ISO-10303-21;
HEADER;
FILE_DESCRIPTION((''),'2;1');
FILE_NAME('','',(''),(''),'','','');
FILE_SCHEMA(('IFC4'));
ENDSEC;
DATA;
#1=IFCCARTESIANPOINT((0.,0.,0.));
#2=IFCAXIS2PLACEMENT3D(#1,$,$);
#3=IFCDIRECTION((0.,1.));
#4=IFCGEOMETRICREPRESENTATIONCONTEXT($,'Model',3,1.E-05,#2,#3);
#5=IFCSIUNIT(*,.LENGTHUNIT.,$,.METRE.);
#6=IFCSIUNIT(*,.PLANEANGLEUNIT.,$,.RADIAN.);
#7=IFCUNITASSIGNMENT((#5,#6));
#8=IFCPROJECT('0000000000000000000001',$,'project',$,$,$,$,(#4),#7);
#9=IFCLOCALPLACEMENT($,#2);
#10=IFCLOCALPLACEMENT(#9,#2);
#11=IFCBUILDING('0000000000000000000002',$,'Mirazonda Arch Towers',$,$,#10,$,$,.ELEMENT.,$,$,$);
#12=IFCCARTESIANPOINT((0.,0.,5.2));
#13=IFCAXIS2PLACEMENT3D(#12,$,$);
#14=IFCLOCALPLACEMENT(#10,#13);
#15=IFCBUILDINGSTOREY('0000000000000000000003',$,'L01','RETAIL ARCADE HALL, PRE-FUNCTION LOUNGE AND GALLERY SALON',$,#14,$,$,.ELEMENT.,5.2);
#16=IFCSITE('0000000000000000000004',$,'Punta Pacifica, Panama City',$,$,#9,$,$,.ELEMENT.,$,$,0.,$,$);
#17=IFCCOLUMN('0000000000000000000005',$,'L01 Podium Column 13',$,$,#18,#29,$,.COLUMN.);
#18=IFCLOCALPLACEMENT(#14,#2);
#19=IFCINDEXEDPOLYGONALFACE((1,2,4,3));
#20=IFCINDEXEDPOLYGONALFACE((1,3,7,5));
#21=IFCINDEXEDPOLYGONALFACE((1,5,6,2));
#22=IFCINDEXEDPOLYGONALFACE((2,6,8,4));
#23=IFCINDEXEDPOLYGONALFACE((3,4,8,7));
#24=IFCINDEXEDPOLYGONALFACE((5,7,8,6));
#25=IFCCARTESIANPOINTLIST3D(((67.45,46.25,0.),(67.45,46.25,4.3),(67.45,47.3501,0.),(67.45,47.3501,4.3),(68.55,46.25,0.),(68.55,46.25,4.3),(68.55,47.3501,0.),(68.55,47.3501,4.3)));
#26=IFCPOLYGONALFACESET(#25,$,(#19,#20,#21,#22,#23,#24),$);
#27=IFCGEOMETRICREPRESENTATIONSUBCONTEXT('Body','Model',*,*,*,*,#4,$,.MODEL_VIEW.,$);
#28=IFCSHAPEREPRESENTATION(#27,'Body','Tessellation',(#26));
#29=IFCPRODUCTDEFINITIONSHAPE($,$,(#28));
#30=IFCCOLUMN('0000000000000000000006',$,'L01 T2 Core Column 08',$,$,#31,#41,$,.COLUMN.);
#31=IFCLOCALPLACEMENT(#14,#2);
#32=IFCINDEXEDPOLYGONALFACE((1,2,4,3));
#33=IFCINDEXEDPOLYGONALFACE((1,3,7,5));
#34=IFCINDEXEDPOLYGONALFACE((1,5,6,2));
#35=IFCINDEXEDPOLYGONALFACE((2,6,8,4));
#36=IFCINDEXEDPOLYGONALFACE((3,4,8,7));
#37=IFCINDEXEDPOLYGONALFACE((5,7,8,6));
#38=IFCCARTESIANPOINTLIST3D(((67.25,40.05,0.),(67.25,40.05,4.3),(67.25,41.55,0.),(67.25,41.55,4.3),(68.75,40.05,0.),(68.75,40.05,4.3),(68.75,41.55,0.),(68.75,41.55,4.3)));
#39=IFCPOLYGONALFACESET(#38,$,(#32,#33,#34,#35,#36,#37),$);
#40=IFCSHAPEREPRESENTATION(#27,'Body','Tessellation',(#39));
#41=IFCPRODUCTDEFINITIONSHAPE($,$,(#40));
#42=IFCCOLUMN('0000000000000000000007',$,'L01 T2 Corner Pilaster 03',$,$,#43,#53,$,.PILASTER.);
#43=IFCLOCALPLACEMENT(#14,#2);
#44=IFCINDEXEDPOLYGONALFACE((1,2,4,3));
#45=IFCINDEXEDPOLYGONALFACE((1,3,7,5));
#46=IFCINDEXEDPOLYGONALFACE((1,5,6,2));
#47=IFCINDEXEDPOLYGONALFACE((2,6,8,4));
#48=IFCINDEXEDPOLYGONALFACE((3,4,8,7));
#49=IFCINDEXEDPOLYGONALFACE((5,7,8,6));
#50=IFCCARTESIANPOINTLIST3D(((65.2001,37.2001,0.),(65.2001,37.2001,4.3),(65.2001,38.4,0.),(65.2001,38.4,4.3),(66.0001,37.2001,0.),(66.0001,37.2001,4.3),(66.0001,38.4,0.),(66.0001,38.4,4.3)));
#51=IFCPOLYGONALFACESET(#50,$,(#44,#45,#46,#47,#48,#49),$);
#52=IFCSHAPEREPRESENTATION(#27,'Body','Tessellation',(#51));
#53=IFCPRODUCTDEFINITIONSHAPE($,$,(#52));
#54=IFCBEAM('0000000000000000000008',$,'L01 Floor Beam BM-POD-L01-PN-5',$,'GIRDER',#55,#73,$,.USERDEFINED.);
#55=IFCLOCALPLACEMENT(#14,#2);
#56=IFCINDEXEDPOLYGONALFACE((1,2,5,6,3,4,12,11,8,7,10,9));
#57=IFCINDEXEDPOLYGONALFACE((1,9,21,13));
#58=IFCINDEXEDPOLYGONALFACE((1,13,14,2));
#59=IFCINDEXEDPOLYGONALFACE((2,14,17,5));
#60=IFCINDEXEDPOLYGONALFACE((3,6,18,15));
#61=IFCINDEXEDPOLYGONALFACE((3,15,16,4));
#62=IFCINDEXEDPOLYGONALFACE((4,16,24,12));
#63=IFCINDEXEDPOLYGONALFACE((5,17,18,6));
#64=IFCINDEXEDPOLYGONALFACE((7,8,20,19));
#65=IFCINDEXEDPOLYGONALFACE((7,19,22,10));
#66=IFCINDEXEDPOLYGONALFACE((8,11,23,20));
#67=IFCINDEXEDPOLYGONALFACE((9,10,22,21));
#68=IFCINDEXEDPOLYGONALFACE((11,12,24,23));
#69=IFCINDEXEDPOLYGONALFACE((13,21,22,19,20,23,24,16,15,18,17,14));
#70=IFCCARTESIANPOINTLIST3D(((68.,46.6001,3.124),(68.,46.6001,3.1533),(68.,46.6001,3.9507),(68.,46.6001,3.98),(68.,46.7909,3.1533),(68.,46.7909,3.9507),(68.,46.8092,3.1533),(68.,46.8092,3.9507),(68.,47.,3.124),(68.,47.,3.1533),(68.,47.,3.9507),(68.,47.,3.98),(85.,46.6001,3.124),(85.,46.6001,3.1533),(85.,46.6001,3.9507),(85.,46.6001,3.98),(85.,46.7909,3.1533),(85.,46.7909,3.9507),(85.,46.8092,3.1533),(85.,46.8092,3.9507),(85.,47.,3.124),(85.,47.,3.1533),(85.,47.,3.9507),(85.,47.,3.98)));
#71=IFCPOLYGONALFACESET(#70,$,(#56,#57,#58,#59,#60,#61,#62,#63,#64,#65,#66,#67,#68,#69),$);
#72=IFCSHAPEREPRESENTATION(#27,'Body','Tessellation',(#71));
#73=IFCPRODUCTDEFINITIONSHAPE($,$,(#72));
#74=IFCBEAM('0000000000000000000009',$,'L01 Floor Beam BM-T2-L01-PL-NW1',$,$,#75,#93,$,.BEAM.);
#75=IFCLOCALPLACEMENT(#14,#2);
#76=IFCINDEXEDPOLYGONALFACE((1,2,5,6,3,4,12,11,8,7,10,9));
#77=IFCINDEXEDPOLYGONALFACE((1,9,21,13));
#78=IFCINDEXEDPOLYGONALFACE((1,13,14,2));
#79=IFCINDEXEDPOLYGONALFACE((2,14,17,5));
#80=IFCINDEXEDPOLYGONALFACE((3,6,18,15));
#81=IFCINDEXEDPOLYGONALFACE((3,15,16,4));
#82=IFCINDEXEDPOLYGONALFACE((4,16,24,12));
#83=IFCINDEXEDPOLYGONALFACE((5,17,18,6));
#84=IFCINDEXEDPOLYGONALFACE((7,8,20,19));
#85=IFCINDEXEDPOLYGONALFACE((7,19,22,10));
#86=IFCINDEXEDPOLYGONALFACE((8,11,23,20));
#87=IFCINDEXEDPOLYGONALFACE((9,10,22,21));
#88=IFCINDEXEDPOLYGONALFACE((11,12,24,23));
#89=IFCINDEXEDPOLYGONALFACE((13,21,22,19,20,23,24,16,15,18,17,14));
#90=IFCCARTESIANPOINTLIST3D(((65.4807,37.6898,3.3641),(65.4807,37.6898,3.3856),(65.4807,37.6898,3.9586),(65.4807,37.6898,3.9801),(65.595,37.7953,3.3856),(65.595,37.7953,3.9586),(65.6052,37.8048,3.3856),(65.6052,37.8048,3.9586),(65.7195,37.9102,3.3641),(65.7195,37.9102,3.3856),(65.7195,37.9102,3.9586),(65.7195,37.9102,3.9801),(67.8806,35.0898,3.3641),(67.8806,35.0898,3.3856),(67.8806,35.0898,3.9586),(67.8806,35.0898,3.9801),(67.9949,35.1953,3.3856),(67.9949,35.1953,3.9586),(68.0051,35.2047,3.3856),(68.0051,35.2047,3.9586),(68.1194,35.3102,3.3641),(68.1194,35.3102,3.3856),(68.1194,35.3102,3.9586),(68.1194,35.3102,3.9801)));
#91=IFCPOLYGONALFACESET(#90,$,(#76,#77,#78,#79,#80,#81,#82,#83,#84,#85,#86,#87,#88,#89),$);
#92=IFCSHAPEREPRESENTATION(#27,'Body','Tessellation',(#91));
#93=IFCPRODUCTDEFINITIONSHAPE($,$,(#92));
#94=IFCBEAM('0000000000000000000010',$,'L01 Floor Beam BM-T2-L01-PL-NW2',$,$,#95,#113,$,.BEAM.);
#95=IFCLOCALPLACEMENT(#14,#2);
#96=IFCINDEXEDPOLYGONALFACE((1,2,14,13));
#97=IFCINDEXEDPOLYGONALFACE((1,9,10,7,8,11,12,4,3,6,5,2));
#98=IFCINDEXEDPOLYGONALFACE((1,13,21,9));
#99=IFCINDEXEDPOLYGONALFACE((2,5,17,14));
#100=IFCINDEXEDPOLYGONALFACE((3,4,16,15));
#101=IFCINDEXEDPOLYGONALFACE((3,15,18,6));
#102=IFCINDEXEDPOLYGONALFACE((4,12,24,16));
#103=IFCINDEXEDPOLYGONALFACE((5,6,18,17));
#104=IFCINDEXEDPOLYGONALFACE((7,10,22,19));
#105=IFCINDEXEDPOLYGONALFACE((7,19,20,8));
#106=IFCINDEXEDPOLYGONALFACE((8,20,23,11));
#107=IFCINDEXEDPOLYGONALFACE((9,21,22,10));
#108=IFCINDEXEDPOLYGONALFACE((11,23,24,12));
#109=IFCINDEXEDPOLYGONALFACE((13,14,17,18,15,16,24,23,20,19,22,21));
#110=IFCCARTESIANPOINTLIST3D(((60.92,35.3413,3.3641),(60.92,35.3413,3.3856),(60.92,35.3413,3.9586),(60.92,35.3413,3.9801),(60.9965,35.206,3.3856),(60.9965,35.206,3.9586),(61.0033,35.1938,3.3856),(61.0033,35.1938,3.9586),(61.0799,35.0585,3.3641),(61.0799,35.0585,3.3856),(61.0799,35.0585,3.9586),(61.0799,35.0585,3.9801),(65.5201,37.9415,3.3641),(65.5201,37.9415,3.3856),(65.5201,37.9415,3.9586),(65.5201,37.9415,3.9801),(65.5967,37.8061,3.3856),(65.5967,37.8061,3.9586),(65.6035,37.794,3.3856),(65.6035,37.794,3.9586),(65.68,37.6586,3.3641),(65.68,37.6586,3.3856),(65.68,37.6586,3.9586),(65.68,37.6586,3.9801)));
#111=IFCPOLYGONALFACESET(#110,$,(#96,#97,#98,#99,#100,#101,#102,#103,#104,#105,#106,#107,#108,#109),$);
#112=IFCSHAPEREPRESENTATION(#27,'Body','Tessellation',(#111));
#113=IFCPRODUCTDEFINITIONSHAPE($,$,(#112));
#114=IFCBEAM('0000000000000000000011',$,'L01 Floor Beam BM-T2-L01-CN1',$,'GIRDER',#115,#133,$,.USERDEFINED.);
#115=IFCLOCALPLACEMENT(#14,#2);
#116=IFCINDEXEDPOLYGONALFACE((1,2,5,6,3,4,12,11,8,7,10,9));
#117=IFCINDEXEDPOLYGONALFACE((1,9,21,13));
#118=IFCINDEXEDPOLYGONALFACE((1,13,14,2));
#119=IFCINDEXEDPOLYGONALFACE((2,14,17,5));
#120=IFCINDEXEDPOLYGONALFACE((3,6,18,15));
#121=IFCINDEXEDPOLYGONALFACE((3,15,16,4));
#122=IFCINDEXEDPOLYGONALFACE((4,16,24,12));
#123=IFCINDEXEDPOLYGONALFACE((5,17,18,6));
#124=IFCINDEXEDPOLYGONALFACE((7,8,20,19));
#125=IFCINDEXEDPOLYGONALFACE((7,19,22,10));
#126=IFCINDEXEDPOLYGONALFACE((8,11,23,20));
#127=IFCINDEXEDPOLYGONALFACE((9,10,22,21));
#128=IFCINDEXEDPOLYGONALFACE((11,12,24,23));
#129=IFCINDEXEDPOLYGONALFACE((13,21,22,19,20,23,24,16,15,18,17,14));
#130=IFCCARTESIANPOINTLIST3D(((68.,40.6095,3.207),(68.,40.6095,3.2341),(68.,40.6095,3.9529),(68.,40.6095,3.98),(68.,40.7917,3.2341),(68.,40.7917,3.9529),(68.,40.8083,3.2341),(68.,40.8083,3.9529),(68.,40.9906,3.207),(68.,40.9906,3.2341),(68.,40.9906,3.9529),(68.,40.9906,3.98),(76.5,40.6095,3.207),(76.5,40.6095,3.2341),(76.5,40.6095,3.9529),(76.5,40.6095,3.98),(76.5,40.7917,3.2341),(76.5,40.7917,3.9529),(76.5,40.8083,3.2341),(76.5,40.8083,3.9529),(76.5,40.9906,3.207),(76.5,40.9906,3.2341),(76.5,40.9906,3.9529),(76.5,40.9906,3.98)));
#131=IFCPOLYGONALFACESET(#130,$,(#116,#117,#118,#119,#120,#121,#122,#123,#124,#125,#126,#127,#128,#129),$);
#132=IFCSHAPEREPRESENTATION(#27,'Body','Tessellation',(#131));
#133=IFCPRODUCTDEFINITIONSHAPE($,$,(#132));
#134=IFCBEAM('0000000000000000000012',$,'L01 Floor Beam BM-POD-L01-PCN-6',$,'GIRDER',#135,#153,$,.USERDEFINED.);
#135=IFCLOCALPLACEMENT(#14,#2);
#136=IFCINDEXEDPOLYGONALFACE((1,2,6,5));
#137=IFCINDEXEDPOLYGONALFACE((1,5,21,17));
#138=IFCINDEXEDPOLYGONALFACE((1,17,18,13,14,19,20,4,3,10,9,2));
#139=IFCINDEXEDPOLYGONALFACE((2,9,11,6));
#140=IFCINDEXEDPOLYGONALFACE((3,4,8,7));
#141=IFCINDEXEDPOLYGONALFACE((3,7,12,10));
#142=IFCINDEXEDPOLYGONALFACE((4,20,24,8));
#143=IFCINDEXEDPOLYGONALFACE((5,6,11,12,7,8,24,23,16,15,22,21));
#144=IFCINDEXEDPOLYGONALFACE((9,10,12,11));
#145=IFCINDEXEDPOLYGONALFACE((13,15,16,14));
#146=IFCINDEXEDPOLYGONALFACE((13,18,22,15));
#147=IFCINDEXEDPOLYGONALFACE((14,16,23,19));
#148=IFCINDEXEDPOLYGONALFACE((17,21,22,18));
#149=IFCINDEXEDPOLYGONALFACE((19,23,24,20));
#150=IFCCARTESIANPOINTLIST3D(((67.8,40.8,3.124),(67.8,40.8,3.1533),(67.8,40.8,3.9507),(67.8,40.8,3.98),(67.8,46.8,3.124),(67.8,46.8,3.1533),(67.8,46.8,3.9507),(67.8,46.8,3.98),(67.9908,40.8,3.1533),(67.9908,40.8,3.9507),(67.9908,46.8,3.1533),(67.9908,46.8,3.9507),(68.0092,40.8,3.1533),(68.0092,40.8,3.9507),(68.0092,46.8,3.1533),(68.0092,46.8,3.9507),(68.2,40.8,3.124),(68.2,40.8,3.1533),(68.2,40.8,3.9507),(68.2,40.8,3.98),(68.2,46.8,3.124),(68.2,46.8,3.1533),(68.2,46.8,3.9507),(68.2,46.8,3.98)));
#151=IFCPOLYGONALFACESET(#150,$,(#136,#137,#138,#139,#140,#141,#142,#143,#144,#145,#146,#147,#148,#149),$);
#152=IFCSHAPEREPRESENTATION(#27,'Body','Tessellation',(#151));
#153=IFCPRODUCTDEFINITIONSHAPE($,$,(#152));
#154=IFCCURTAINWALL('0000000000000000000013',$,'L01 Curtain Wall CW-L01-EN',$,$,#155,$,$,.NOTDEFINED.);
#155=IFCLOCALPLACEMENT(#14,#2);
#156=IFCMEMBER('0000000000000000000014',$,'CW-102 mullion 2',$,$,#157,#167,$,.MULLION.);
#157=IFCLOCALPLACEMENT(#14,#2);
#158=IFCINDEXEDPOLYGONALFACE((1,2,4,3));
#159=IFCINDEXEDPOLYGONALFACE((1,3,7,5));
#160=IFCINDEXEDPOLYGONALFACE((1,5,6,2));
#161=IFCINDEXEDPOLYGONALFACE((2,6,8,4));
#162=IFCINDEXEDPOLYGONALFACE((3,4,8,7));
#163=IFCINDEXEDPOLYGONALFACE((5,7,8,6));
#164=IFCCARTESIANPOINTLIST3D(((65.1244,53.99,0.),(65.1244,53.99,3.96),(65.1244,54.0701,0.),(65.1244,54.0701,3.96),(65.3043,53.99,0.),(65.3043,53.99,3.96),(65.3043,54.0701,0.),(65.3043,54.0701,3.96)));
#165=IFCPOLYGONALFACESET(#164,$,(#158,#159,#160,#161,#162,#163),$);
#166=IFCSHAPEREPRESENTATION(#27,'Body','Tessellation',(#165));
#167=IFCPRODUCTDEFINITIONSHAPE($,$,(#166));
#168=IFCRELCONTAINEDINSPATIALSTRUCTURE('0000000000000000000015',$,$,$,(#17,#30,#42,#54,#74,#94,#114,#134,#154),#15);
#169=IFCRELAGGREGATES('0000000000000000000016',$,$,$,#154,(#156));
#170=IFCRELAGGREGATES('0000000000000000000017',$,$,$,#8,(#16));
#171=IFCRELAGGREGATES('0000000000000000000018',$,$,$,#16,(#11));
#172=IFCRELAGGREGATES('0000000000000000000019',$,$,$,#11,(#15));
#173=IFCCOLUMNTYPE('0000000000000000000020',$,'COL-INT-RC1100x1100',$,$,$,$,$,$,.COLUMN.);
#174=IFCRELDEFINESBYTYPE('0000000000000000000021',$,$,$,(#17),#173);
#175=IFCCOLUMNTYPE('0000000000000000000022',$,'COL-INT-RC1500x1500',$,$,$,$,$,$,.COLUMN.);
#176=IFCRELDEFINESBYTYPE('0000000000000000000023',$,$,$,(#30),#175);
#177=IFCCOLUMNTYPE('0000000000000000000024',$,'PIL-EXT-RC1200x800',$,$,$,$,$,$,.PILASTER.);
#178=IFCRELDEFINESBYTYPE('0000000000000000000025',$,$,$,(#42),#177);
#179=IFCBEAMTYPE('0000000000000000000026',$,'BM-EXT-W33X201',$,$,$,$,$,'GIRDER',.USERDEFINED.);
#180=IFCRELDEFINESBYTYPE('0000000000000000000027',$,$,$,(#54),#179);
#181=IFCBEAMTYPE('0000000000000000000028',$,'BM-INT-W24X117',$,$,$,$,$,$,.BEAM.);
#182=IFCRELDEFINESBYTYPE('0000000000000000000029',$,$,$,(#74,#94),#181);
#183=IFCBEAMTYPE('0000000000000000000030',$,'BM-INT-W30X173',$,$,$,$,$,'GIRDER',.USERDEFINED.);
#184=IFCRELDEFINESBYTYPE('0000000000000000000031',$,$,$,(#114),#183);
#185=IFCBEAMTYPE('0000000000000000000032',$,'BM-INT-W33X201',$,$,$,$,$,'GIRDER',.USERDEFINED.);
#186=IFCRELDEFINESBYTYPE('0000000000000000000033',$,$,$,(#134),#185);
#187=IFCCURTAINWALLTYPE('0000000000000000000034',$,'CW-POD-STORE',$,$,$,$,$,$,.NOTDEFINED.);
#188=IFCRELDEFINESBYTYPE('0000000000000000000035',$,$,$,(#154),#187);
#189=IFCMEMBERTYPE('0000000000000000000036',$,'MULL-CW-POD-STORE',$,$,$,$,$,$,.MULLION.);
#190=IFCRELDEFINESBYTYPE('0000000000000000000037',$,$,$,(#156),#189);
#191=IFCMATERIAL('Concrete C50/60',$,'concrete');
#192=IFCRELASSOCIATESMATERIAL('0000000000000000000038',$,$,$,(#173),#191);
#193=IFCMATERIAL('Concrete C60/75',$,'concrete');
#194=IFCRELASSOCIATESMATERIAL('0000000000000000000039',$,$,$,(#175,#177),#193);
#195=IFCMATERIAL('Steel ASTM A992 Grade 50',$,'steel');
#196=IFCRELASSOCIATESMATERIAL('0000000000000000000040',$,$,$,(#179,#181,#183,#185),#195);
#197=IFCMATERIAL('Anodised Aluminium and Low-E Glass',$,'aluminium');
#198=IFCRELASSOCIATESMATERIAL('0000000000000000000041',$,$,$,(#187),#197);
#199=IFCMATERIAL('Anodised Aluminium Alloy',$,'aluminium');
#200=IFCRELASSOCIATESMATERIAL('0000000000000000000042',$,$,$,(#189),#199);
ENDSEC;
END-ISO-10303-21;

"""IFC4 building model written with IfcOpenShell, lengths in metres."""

from ifc_helpers import new_model, si_unit, direction, frame, origin, origin_2d, place, context, subcontext, project, spatial, rectangle, i_section, extrude, material, material_profile, profile_set, type_object, element, aggregate, save


model = new_model("IFC4")

# Units and contexts
model_context = context("Model", 3, precision=1e-05, world=origin(), true_north=direction((0.0, 1.0)))
body_context = subcontext(model_context, "Body", "Model", "MODEL_VIEW")
ifc_project = project(units=[si_unit("LENGTHUNIT", "METRE"), si_unit("PLANEANGLEUNIT", "RADIAN")], contexts=[model_context])

# Site, building, storey
site_placement = place(None, origin())
site = spatial("IfcSite", under=ifc_project, at=site_placement, Name="Punta Pacifica, Panama City", CompositionType="ELEMENT", RefElevation=0.0)
building_placement = place(site_placement, origin())
building = spatial("IfcBuilding", under=site, at=building_placement, Name="Mirazonda Arch Towers", CompositionType="ELEMENT")
storey_placement = place(building_placement, frame((0.0, 0.0, 5.2)))
storey = spatial("IfcBuildingStorey", under=building, at=storey_placement, Name="L01", Description="RETAIL ARCADE HALL, PRE-FUNCTION LOUNGE AND GALLERY SALON", CompositionType="ELEMENT", Elevation=5.2)

# Columns
ifc_material_1 = material(Name="Concrete C50/60", Category="concrete")
ifc_material_profile_1 = material_profile(ifc_material_1, rectangle(XDim=1.1001, YDim=1.1001, at=origin_2d()), Name="RC1100x1100")
ifc_profile_set_1 = profile_set([ifc_material_profile_1], Name="Concrete C50/60")
column_type_1 = type_object("IfcColumnType", Name="COL-INT-RC1100x1100", PredefinedType="COLUMN", material=ifc_profile_set_1)
column_1_placement = place(storey_placement, frame((68.0, 46.8, 0.0), z_axis=(0.0, 0.0, 1.0), x_axis=(1.0, 0.0, 0.0)))
element("IfcColumn", 1, at=column_1_placement, inside=storey, type_object=column_type_1, Name="L01 Podium Column 13", PredefinedType="COLUMN", context=body_context, shape_type="SweptSolid", body=[
    extrude(rectangle(XDim=1.1001, YDim=1.1001, at=origin_2d()), origin(), (0.0, 0.0, 1.0), 4.3),
])
ifc_material_2 = material(Name="Concrete C60/75", Category="concrete")
ifc_material_profile_2 = material_profile(ifc_material_2, rectangle(XDim=1.5, YDim=1.5, at=origin_2d()), Name="RC1500x1500")
ifc_profile_set_2 = profile_set([ifc_material_profile_2], Name="Concrete C60/75")
column_type_2 = type_object("IfcColumnType", Name="COL-INT-RC1500x1500", PredefinedType="COLUMN", material=ifc_profile_set_2)
column_2_placement = place(storey_placement, frame((68.0, 40.8, 0.0), z_axis=(0.0, 0.0, 1.0), x_axis=(1.0, 0.0, 0.0)))
element("IfcColumn", 2, at=column_2_placement, inside=storey, type_object=column_type_2, Name="L01 T2 Core Column 08", PredefinedType="COLUMN", context=body_context, shape_type="SweptSolid", body=[
    extrude(rectangle(XDim=1.5, YDim=1.5, at=origin_2d()), origin(), (0.0, 0.0, 1.0), 4.3),
])
ifc_material_profile_3 = material_profile(ifc_material_2, rectangle(XDim=0.8, YDim=1.2, at=origin_2d()), Name="RC1200x800")
ifc_profile_set_3 = profile_set([ifc_material_profile_3], Name="Concrete C60/75")
column_type_3 = type_object("IfcColumnType", Name="PIL-EXT-RC1200x800", PredefinedType="PILASTER", material=ifc_profile_set_3)
column_3_placement = place(storey_placement, frame((65.6001, 37.8, 0.0), z_axis=(0.0, 0.0, 1.0), x_axis=(1.0, 0.0, 0.0)))
element("IfcColumn", 3, at=column_3_placement, inside=storey, type_object=column_type_3, Name="L01 T2 Corner Pilaster 03", PredefinedType="PILASTER", context=body_context, shape_type="SweptSolid", body=[
    extrude(rectangle(XDim=0.8, YDim=1.2, at=origin_2d()), origin(), (0.0, 0.0, 1.0), 4.3),
])

# Beams
ifc_material_3 = material(Name="Steel ASTM A992 Grade 50", Category="steel")
ifc_material_profile_4 = material_profile(ifc_material_3, i_section(OverallWidth=0.3999, OverallDepth=0.856, WebThickness=0.0183, FlangeThickness=0.0293, at=origin_2d()), Name="W33X201")
ifc_profile_set_4 = profile_set([ifc_material_profile_4], Name="Steel ASTM A992 Grade 50")
beam_type_1 = type_object("IfcBeamType", Name="BM-EXT-W33X201", ElementType="GIRDER", PredefinedType="USERDEFINED", material=ifc_profile_set_4)
beam_1_placement = place(storey_placement, frame((68.0, 46.8, 3.552), z_axis=(1.0, 0.0, 0.0), x_axis=(0.0, 1.0, 0.0)))
element("IfcBeam", 4, at=beam_1_placement, inside=storey, type_object=beam_type_1, Name="L01 Floor Beam BM-POD-L01-PN-5", ObjectType="GIRDER", PredefinedType="USERDEFINED", context=body_context, shape_type="SweptSolid", body=[
    extrude(i_section(OverallWidth=0.3999, OverallDepth=0.856, WebThickness=0.0183, FlangeThickness=0.0293, at=origin_2d()), origin(), (0.0, 0.0, 1.0), 17.0),
])
ifc_material_profile_5 = material_profile(ifc_material_3, i_section(OverallWidth=0.325, OverallDepth=0.616, WebThickness=0.0139, FlangeThickness=0.0215, at=origin_2d()), Name="W24X117")
ifc_profile_set_5 = profile_set([ifc_material_profile_5], Name="Steel ASTM A992 Grade 50")
beam_type_2 = type_object("IfcBeamType", Name="BM-INT-W24X117", PredefinedType="BEAM", material=ifc_profile_set_5)
beam_2_placement = place(storey_placement, frame((65.6001, 37.8, 3.6721), z_axis=(0.678251, -0.73483, 0.0), x_axis=(0.73483, 0.678251, 0.0)))
element("IfcBeam", 5, at=beam_2_placement, inside=storey, type_object=beam_type_2, Name="L01 Floor Beam BM-T2-L01-PL-NW1", PredefinedType="BEAM", context=body_context, shape_type="SweptSolid", body=[
    extrude(i_section(OverallWidth=0.325, OverallDepth=0.616, WebThickness=0.0139, FlangeThickness=0.0215, at=origin_2d()), origin(), (0.0, 0.0, 1.0), 3.5383),
])
beam_3_placement = place(storey_placement, frame((65.6001, 37.8, 3.6721), z_axis=(-0.870559, -0.492063, 0.0), x_axis=(0.492063, -0.870559, 0.0)))
element("IfcBeam", 6, at=beam_3_placement, inside=storey, type_object=beam_type_2, Name="L01 Floor Beam BM-T2-L01-PL-NW2", PredefinedType="BEAM", context=body_context, shape_type="SweptSolid", body=[
    extrude(i_section(OverallWidth=0.325, OverallDepth=0.616, WebThickness=0.0139, FlangeThickness=0.0215, at=origin_2d()), origin(), (0.0, 0.0, 1.0), 5.2842),
])
ifc_material_profile_6 = material_profile(ifc_material_3, i_section(OverallWidth=0.3811, OverallDepth=0.7729, WebThickness=0.0166, FlangeThickness=0.0271, at=origin_2d()), Name="W30X173")
ifc_profile_set_6 = profile_set([ifc_material_profile_6], Name="Steel ASTM A992 Grade 50")
beam_type_3 = type_object("IfcBeamType", Name="BM-INT-W30X173", ElementType="GIRDER", PredefinedType="USERDEFINED", material=ifc_profile_set_6)
beam_4_placement = place(storey_placement, frame((68.0, 40.8, 3.5935), z_axis=(1.0, 0.0, 0.0), x_axis=(0.0, 1.0, 0.0)))
element("IfcBeam", 7, at=beam_4_placement, inside=storey, type_object=beam_type_3, Name="L01 Floor Beam BM-T2-L01-CN1", ObjectType="GIRDER", PredefinedType="USERDEFINED", context=body_context, shape_type="SweptSolid", body=[
    extrude(i_section(OverallWidth=0.3811, OverallDepth=0.7729, WebThickness=0.0166, FlangeThickness=0.0271, at=origin_2d()), origin(), (0.0, 0.0, 1.0), 8.5),
])
ifc_material_profile_7 = material_profile(ifc_material_3, i_section(OverallWidth=0.3999, OverallDepth=0.856, WebThickness=0.0183, FlangeThickness=0.0293, at=origin_2d()), Name="W33X201")
ifc_profile_set_7 = profile_set([ifc_material_profile_7], Name="Steel ASTM A992 Grade 50")
beam_type_4 = type_object("IfcBeamType", Name="BM-INT-W33X201", ElementType="GIRDER", PredefinedType="USERDEFINED", material=ifc_profile_set_7)
beam_5_placement = place(storey_placement, frame((68.0, 40.8, 3.552), z_axis=(0.0, 1.0, 0.0), x_axis=(-1.0, 0.0, 0.0)))
element("IfcBeam", 8, at=beam_5_placement, inside=storey, type_object=beam_type_4, Name="L01 Floor Beam BM-POD-L01-PCN-6", ObjectType="GIRDER", PredefinedType="USERDEFINED", context=body_context, shape_type="SweptSolid", body=[
    extrude(i_section(OverallWidth=0.3999, OverallDepth=0.856, WebThickness=0.0183, FlangeThickness=0.0293, at=origin_2d()), origin(), (0.0, 0.0, 1.0), 6.0),
])

# Curtain wall, member
ifc_material_4 = material(Name="Anodised Aluminium and Low-E Glass", Category="aluminium")
curtain_wall_type = type_object("IfcCurtainWallType", Name="CW-POD-STORE", PredefinedType="NOTDEFINED", material=ifc_material_4)
curtain_wall_placement = place(storey_placement, origin())
curtain_wall = element("IfcCurtainWall", 9, at=curtain_wall_placement, inside=storey, type_object=curtain_wall_type, Name="L01 Curtain Wall CW-L01-EN", PredefinedType="NOTDEFINED")
ifc_material_5 = material(Name="Anodised Aluminium Alloy", Category="aluminium")
ifc_material_profile_8 = material_profile(ifc_material_5, rectangle(XDim=0.0801, YDim=0.1799, at=origin_2d()), Name="ALU-MULL-80x180")
ifc_profile_set_8 = profile_set([ifc_material_profile_8], Name="Anodised Aluminium Alloy")
member_type_1 = type_object("IfcMemberType", Name="MULL-CW-POD-STORE", PredefinedType="MULLION", material=ifc_profile_set_8)
member_1_placement = place(storey_placement, frame((65.2144, 54.03, 0.0), z_axis=(0.0, 0.0, 1.0), x_axis=(0.0, 1.0, 0.0)))
member_1 = element("IfcMember", 10, at=member_1_placement, type_object=member_type_1, Name="CW-102 mullion 2", PredefinedType="MULLION", context=body_context, shape_type="SweptSolid", body=[
    extrude(rectangle(XDim=0.0801, YDim=0.1799, at=origin_2d()), origin(), (0.0, 0.0, 1.0), 3.96),
])
aggregate(curtain_wall, [member_1])

save(model, "model.ifc")
